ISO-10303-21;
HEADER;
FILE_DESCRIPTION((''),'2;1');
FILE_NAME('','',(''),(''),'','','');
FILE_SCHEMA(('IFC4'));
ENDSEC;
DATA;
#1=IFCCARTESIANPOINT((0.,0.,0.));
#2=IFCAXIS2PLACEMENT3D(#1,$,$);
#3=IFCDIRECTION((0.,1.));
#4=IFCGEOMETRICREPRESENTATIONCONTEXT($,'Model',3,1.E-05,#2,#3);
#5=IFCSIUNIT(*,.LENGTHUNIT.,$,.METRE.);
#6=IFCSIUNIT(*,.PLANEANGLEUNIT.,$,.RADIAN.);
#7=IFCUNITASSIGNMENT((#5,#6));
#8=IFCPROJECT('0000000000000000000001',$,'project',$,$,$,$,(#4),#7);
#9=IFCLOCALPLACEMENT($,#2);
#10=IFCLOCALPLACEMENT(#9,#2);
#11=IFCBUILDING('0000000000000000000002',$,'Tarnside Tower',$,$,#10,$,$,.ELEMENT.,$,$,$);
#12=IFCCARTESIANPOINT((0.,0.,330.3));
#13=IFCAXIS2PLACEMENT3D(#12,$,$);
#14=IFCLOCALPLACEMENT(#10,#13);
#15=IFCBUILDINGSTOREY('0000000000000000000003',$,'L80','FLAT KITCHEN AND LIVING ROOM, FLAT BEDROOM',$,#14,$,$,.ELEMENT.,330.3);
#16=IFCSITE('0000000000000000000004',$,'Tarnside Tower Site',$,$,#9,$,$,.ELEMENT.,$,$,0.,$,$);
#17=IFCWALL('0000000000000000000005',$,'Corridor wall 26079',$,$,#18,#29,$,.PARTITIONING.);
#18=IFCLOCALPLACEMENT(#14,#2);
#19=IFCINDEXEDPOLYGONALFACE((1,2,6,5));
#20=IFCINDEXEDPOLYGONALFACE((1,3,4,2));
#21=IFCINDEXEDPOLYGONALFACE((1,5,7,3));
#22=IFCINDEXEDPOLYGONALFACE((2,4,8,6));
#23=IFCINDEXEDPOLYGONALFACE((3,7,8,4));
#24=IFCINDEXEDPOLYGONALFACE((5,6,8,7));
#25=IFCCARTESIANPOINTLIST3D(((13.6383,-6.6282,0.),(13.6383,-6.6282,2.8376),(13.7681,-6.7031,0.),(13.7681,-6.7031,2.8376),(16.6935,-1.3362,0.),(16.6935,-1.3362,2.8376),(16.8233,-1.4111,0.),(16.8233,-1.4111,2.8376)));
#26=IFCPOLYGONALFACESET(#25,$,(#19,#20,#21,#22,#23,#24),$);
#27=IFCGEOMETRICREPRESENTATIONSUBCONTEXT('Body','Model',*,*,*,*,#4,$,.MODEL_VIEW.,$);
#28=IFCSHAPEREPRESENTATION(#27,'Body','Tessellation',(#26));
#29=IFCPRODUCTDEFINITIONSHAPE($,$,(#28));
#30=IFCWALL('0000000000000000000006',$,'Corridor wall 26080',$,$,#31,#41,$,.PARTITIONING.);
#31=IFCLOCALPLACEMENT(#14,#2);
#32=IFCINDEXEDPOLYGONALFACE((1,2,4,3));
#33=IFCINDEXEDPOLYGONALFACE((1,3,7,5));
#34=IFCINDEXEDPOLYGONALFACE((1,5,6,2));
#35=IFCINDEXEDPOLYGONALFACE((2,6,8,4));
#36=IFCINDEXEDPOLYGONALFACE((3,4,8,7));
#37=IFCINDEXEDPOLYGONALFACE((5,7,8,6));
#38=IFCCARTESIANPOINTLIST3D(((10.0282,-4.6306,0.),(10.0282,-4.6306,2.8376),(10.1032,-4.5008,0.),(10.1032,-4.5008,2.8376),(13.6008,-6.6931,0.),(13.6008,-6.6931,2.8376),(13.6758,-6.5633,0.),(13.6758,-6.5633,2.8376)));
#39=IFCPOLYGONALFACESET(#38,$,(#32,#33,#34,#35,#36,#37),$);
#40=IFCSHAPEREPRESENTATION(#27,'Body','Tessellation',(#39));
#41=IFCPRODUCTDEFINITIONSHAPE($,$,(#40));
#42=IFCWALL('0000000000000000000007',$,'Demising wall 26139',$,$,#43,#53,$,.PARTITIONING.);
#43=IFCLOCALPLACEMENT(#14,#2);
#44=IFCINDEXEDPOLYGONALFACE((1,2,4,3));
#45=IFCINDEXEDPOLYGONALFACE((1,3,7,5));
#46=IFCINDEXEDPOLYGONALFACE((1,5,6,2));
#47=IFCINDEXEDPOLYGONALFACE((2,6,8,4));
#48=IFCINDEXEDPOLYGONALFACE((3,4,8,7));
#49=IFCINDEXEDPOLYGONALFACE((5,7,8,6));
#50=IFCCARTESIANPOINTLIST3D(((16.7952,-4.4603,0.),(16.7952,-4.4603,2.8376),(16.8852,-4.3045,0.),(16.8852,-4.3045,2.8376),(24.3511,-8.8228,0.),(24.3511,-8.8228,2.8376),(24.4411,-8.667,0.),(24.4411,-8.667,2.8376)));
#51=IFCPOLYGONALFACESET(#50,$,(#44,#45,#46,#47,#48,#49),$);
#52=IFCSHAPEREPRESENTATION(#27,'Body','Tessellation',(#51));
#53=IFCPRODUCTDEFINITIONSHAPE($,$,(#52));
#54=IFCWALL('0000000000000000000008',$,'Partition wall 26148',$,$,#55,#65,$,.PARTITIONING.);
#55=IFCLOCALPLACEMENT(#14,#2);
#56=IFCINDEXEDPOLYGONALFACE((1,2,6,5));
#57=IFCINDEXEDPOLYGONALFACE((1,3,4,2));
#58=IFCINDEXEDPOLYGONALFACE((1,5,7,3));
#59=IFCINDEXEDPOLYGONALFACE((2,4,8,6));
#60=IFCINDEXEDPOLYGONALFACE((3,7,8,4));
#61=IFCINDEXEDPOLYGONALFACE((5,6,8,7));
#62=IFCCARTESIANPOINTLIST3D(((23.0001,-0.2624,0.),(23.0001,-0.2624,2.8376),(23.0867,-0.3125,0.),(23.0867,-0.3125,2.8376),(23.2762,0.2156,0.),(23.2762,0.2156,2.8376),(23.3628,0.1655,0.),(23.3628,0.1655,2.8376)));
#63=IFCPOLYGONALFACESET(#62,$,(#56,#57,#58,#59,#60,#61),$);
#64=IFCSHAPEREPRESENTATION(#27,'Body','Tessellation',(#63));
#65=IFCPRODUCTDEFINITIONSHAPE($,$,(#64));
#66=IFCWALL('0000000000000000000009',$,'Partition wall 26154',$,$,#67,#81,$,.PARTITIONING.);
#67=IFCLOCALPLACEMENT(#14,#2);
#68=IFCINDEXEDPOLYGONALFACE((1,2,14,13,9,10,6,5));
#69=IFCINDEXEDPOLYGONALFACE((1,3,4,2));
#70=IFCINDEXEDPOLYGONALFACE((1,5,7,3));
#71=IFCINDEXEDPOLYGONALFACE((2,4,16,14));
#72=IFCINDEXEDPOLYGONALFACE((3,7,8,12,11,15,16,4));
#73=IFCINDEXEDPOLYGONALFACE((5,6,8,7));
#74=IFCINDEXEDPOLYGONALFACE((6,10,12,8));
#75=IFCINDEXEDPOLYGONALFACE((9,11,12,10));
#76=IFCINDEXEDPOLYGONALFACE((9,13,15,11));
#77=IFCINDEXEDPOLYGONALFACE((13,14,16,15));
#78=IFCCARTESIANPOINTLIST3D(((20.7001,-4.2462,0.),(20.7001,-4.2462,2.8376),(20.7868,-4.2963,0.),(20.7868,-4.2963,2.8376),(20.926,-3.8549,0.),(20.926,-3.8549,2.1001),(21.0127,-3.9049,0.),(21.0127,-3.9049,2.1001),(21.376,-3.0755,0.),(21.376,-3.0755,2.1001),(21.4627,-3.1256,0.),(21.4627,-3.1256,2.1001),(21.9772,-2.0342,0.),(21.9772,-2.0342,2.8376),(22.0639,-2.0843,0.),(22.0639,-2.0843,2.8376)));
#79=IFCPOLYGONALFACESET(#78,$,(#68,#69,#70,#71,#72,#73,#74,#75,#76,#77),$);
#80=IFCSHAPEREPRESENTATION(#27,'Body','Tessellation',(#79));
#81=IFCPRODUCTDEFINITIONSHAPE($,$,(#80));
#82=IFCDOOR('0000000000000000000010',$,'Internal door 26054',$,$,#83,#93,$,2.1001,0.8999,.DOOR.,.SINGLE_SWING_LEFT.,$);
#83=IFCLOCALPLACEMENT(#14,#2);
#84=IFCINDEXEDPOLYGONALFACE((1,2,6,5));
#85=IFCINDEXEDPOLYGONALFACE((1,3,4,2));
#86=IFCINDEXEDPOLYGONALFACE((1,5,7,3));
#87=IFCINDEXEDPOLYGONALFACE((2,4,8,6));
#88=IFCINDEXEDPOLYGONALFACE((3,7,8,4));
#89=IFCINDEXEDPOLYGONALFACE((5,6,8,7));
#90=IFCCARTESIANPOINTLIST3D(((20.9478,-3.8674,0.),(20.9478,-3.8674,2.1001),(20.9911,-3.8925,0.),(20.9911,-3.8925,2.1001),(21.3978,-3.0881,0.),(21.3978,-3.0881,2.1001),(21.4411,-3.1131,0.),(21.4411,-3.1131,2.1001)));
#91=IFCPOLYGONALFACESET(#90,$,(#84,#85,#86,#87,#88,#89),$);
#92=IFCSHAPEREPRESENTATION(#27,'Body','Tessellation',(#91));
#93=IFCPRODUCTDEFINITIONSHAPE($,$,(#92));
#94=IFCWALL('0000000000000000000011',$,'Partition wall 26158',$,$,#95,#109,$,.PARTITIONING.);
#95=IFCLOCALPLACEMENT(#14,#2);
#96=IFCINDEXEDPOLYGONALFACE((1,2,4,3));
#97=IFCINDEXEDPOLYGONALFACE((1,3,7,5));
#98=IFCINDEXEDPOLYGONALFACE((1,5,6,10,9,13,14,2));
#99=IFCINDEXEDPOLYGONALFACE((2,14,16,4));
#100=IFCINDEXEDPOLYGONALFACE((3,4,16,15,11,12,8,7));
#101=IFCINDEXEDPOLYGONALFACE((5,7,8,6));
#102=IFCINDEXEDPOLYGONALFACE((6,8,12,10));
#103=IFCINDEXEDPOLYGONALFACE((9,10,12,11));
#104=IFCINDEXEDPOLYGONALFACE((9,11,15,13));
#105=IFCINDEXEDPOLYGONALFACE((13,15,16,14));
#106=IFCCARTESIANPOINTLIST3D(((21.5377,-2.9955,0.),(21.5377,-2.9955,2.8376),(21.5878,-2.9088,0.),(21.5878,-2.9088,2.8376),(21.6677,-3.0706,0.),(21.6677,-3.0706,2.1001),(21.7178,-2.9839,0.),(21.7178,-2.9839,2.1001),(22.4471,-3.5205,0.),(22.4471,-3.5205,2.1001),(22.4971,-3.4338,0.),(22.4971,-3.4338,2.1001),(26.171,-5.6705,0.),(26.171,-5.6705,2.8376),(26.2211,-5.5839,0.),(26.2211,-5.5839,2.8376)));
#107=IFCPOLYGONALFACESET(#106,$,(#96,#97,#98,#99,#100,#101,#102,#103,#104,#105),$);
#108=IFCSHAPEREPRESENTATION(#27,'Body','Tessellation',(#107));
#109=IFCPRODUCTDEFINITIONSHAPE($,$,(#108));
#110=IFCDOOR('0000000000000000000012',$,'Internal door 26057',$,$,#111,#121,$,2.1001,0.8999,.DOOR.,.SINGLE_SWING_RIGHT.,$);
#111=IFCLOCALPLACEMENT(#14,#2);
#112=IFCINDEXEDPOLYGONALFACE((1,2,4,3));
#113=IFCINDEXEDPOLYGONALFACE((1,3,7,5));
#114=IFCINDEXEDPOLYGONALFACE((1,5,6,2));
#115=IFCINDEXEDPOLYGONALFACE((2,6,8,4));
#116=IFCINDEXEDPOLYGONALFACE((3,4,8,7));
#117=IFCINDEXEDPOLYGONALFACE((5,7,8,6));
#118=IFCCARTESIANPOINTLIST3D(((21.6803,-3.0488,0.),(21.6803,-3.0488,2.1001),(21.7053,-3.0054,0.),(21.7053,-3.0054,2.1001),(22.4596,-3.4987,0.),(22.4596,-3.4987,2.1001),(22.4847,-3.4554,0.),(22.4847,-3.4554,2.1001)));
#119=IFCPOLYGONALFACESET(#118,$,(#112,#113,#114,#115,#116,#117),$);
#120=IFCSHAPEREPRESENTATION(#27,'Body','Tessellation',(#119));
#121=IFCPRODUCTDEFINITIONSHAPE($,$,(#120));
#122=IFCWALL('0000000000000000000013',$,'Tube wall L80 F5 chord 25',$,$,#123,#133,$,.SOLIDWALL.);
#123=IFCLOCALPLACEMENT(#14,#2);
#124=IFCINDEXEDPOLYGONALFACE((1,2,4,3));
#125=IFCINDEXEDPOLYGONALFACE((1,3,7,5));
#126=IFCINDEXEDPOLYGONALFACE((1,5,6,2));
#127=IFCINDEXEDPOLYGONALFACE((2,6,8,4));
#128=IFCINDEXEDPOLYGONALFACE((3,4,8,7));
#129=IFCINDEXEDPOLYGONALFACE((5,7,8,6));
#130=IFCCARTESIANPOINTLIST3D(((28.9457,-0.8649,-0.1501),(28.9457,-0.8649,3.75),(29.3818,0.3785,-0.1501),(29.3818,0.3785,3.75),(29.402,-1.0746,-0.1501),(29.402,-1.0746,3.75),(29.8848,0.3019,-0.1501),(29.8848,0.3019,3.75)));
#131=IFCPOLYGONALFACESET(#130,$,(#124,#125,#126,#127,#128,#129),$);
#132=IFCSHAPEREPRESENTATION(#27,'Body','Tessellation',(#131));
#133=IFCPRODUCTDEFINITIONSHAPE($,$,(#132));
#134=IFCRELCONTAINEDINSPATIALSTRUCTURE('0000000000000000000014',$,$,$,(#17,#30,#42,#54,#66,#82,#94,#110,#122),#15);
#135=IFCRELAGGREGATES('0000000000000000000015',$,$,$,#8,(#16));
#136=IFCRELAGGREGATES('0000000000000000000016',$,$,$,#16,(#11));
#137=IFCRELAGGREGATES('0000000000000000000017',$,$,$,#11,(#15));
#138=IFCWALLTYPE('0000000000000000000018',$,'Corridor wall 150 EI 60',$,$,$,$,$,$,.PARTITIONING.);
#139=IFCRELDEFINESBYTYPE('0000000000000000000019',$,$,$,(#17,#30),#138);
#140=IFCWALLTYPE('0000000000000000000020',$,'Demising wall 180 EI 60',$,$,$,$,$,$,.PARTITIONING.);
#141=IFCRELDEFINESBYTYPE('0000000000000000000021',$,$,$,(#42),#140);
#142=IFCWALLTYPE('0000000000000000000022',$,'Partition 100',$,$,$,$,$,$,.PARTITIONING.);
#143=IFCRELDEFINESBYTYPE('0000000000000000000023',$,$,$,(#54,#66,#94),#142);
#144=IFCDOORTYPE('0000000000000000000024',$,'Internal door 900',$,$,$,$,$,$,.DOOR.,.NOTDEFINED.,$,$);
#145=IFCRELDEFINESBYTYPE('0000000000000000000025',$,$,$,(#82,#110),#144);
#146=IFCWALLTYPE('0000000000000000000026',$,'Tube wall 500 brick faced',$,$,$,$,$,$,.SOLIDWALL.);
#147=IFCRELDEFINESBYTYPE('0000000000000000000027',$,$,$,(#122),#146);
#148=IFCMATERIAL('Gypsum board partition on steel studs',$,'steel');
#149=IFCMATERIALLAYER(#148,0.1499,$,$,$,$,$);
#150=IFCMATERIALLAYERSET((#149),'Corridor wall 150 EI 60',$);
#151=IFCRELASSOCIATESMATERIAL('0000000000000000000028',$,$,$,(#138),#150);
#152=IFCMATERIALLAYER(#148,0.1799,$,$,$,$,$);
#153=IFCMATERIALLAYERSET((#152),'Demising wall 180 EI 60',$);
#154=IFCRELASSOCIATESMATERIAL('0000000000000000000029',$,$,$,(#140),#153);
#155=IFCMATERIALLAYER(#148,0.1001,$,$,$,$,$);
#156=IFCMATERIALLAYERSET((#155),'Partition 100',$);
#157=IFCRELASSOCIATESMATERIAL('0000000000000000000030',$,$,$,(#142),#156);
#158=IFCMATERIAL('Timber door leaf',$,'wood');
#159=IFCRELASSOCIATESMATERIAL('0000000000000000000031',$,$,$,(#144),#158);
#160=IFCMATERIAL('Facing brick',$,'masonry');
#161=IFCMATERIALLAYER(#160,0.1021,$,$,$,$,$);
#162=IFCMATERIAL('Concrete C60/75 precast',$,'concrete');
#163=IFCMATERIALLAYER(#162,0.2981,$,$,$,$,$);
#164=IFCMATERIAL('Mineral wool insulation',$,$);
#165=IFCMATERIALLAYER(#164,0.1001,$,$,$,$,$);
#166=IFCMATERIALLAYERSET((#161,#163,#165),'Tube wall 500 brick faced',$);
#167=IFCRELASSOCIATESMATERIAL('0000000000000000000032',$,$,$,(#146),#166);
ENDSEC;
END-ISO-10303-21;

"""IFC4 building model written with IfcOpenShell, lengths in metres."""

from ifc_helpers import new_model, si_unit, direction, frame, frame_2d, origin, place, context, subcontext, project, spatial, polyline, rectangle, outline, extrude, material, layer, layer_set, type_object, element, fill, save


model = new_model("IFC4")

# Units and contexts
model_context = context("Model", 3, precision=1e-05, world=origin(), true_north=direction((0.0, 1.0)))
body_context = subcontext(model_context, "Body", "Model", "MODEL_VIEW")
ifc_project = project(units=[si_unit("LENGTHUNIT", "METRE"), si_unit("PLANEANGLEUNIT", "RADIAN")], contexts=[model_context])

# Site, building, storey
site_placement = place(None, origin())
site = spatial("IfcSite", under=ifc_project, at=site_placement, Name="Tarnside Tower Site", CompositionType="ELEMENT", RefElevation=0.0)
building_placement = place(site_placement, origin())
building = spatial("IfcBuilding", under=site, at=building_placement, Name="Tarnside Tower", CompositionType="ELEMENT")
storey_placement = place(building_placement, frame((0.0, 0.0, 330.3)))
storey = spatial("IfcBuildingStorey", under=building, at=storey_placement, Name="L80", Description="FLAT KITCHEN AND LIVING ROOM, FLAT BEDROOM", CompositionType="ELEMENT", Elevation=330.3)

# Shared definitions
ifc_material_1 = material(Name="Gypsum board partition on steel studs", Category="steel")

# Shared definitions
ifc_material_2 = material(Name="Timber door leaf", Category="wood")

# Shared definitions
ifc_layer_1 = layer(ifc_material_1, 0.1499)
ifc_layer_set_1 = layer_set([ifc_layer_1], Name="Corridor wall 150 EI 60")
wall_type_1 = type_object("IfcWallType", Name="Corridor wall 150 EI 60", PredefinedType="PARTITIONING", material=ifc_layer_set_1)

# Walls
wall_1_placement = place(storey_placement, frame((16.7583, -1.3738, 0.0), z_axis=(0.0, 0.0, 1.0), x_axis=(-0.499981, -0.866037, 0.0)))
element("IfcWall", 1, at=wall_1_placement, inside=storey, type_object=wall_type_1, Name="Corridor wall 26079", PredefinedType="PARTITIONING", context=body_context, shape_type="SweptSolid", body=[
    extrude(rectangle(XDim=6.1106, YDim=0.1499, at=frame_2d((3.0552, 0.0))), origin(), (0.0, 0.0, 1.0), 2.8376),
])
wall_2_placement = place(storey_placement, frame((13.6382, -6.6282, 0.0), z_axis=(0.0, 0.0, 1.0), x_axis=(-0.866035, 0.499984, 0.0)))
element("IfcWall", 2, at=wall_2_placement, inside=storey, type_object=wall_type_1, Name="Corridor wall 26080", PredefinedType="PARTITIONING", context=body_context, shape_type="SweptSolid", body=[
    extrude(rectangle(XDim=4.1252, YDim=0.1499, at=frame_2d((2.0625, 0.0))), origin(), (0.0, 0.0, 1.0), 2.8376),
])
ifc_layer_2 = layer(ifc_material_1, 0.1799)
ifc_layer_set_2 = layer_set([ifc_layer_2], Name="Demising wall 180 EI 60")
wall_type_2 = type_object("IfcWallType", Name="Demising wall 180 EI 60", PredefinedType="PARTITIONING", material=ifc_layer_set_2)
wall_3_placement = place(storey_placement, frame((24.396, -8.7449, 0.0), z_axis=(0.0, 0.0, 1.0), x_axis=(-0.866018, 0.500012, 0.0)))
element("IfcWall", 3, at=wall_3_placement, inside=storey, type_object=wall_type_2, Name="Demising wall 26139", PredefinedType="PARTITIONING", context=body_context, shape_type="SweptSolid", body=[
    extrude(rectangle(XDim=8.7249, YDim=0.1799, at=frame_2d((4.3623, 0.0))), origin(), (0.0, 0.0, 1.0), 2.8376),
])
ifc_layer_3 = layer(ifc_material_1, 0.1001)
ifc_layer_set_3 = layer_set([ifc_layer_3], Name="Partition 100")
wall_type_3 = type_object("IfcWallType", Name="Partition 100", PredefinedType="PARTITIONING", material=ifc_layer_set_3)
wall_4_placement = place(storey_placement, frame((23.0435, -0.2874, 0.0), z_axis=(0.0, 0.0, 1.0), x_axis=(0.500182, 0.86592, 0.0)))
element("IfcWall", 4, at=wall_4_placement, inside=storey, type_object=wall_type_3, Name="Partition wall 26148", PredefinedType="PARTITIONING", context=body_context, shape_type="SweptSolid", body=[
    extrude(rectangle(XDim=0.552, YDim=0.1001, at=frame_2d((0.2759, 0.0))), origin(), (0.0, 0.0, 1.0), 2.8376),
])

# Walls, openings, doors
wall_5_placement = place(storey_placement, frame((20.7434, -4.2712, 0.0), z_axis=(0.0, 0.0, 1.0), x_axis=(0.500015, 0.866017, 0.0)))
wall_5 = element("IfcWall", 5, at=wall_5_placement, inside=storey, type_object=wall_type_3, Name="Partition wall 26154", PredefinedType="PARTITIONING", context=body_context, shape_type="SweptSolid", body=[
    extrude(rectangle(XDim=2.5542, YDim=0.1001, at=frame_2d((1.2771, 0.0))), origin(), (0.0, 0.0, 1.0), 2.8376),
])
opening_1_placement = place(wall_5_placement, frame((0.4519, 0.0, 0.0)))
opening_1 = element("IfcOpeningElement", 6, at=opening_1_placement, cuts=wall_5, PredefinedType="OPENING", context=body_context, shape_type="SweptSolid", body=[
    extrude(rectangle(XDim=0.8999, YDim=2.1001, at=frame_2d((0.45, 1.05))), frame((0.0, 0.0601, 0.0), z_axis=(0.0, -1.0, 0.0), x_axis=(1.0, 0.0, 0.0)), (0.0, 0.0, 1.0), 0.1201),
])
door_type_1 = type_object("IfcDoorType", Name="Internal door 900", OperationType="NOTDEFINED", PredefinedType="DOOR", material=ifc_material_2)
door_1_placement = place(opening_1_placement, origin())
door_1 = element("IfcDoor", 7, at=door_1_placement, inside=storey, type_object=door_type_1, Name="Internal door 26054", OperationType="SINGLE_SWING_LEFT", OverallHeight=2.1001, OverallWidth=0.8999, PredefinedType="DOOR", context=body_context, shape_type="SweptSolid", body=[
    extrude(rectangle(XDim=0.8999, YDim=2.1001, at=frame_2d((0.45, 1.05))), frame((0.0, 0.0249, 0.0), z_axis=(0.0, -1.0, 0.0), x_axis=(1.0, 0.0, 0.0)), (0.0, 0.0, 1.0), 0.05),
])
fill(opening_1, door_1)
wall_6_placement = place(storey_placement, frame((26.196, -5.6272, 0.0), z_axis=(0.0, 0.0, 1.0), x_axis=(-0.866024, 0.500002, 0.0)))
wall_6 = element("IfcWall", 8, at=wall_6_placement, inside=storey, type_object=wall_type_3, Name="Partition wall 26158", PredefinedType="PARTITIONING", context=body_context, shape_type="SweptSolid", body=[
    extrude(rectangle(XDim=5.3501, YDim=0.1001, at=frame_2d((2.675, 0.0))), origin(), (0.0, 0.0, 1.0), 2.8376),
])
opening_2_placement = place(wall_6_placement, frame((4.3, 0.0, 0.0)))
opening_2 = element("IfcOpeningElement", 9, at=opening_2_placement, cuts=wall_6, PredefinedType="OPENING", context=body_context, shape_type="SweptSolid", body=[
    extrude(rectangle(XDim=0.8999, YDim=2.1001, at=frame_2d((0.45, 1.05))), frame((0.0, 0.0601, 0.0), z_axis=(0.0, -1.0, 0.0), x_axis=(1.0, 0.0, 0.0)), (0.0, 0.0, 1.0), 0.1201),
])
door_2_placement = place(opening_2_placement, origin())
door_2 = element("IfcDoor", 10, at=door_2_placement, inside=storey, type_object=door_type_1, Name="Internal door 26057", OperationType="SINGLE_SWING_RIGHT", OverallHeight=2.1001, OverallWidth=0.8999, PredefinedType="DOOR", context=body_context, shape_type="SweptSolid", body=[
    extrude(rectangle(XDim=0.8999, YDim=2.1001, at=frame_2d((0.45, 1.05))), frame((0.0, 0.0249, 0.0), z_axis=(0.0, -1.0, 0.0), x_axis=(1.0, 0.0, 0.0)), (0.0, 0.0, 1.0), 0.05),
])
fill(opening_2, door_2)

# Wall
ifc_material_3 = material(Name="Facing brick", Category="masonry")
ifc_layer_4 = layer(ifc_material_3, 0.1021)
ifc_material_4 = material(Name="Concrete C60/75 precast", Category="concrete")
ifc_layer_5 = layer(ifc_material_4, 0.2981)
ifc_material_5 = material(Name="Mineral wool insulation")
ifc_layer_6 = layer(ifc_material_5, 0.1001)
ifc_layer_set_4 = layer_set([ifc_layer_4, ifc_layer_5, ifc_layer_6], Name="Tube wall 500 brick faced")
wall_type_4 = type_object("IfcWallType", Name="Tube wall 500 brick faced", PredefinedType="SOLIDWALL", material=ifc_layer_set_4)
wall_7_placement = place(storey_placement, frame((29.1738, -0.9697, -0.1501), z_axis=(0.0, 0.0, 1.0), x_axis=(0.330961, 0.943644, 0.0)))
element("IfcWall", 11, at=wall_7_placement, inside=storey, type_object=wall_type_4, Name="Tube wall L80 F5 chord 25", PredefinedType="SOLIDWALL", context=body_context, shape_type="SweptSolid", body=[
    extrude(outline(polyline([(-0.0234, -0.25), (1.4353, -0.25), (1.3411, 0.25), (0.0234, 0.25), (-0.0234, -0.25)])), origin(), (0.0, 0.0, 1.0), 3.9001),
])

save(model, "model.ifc")
